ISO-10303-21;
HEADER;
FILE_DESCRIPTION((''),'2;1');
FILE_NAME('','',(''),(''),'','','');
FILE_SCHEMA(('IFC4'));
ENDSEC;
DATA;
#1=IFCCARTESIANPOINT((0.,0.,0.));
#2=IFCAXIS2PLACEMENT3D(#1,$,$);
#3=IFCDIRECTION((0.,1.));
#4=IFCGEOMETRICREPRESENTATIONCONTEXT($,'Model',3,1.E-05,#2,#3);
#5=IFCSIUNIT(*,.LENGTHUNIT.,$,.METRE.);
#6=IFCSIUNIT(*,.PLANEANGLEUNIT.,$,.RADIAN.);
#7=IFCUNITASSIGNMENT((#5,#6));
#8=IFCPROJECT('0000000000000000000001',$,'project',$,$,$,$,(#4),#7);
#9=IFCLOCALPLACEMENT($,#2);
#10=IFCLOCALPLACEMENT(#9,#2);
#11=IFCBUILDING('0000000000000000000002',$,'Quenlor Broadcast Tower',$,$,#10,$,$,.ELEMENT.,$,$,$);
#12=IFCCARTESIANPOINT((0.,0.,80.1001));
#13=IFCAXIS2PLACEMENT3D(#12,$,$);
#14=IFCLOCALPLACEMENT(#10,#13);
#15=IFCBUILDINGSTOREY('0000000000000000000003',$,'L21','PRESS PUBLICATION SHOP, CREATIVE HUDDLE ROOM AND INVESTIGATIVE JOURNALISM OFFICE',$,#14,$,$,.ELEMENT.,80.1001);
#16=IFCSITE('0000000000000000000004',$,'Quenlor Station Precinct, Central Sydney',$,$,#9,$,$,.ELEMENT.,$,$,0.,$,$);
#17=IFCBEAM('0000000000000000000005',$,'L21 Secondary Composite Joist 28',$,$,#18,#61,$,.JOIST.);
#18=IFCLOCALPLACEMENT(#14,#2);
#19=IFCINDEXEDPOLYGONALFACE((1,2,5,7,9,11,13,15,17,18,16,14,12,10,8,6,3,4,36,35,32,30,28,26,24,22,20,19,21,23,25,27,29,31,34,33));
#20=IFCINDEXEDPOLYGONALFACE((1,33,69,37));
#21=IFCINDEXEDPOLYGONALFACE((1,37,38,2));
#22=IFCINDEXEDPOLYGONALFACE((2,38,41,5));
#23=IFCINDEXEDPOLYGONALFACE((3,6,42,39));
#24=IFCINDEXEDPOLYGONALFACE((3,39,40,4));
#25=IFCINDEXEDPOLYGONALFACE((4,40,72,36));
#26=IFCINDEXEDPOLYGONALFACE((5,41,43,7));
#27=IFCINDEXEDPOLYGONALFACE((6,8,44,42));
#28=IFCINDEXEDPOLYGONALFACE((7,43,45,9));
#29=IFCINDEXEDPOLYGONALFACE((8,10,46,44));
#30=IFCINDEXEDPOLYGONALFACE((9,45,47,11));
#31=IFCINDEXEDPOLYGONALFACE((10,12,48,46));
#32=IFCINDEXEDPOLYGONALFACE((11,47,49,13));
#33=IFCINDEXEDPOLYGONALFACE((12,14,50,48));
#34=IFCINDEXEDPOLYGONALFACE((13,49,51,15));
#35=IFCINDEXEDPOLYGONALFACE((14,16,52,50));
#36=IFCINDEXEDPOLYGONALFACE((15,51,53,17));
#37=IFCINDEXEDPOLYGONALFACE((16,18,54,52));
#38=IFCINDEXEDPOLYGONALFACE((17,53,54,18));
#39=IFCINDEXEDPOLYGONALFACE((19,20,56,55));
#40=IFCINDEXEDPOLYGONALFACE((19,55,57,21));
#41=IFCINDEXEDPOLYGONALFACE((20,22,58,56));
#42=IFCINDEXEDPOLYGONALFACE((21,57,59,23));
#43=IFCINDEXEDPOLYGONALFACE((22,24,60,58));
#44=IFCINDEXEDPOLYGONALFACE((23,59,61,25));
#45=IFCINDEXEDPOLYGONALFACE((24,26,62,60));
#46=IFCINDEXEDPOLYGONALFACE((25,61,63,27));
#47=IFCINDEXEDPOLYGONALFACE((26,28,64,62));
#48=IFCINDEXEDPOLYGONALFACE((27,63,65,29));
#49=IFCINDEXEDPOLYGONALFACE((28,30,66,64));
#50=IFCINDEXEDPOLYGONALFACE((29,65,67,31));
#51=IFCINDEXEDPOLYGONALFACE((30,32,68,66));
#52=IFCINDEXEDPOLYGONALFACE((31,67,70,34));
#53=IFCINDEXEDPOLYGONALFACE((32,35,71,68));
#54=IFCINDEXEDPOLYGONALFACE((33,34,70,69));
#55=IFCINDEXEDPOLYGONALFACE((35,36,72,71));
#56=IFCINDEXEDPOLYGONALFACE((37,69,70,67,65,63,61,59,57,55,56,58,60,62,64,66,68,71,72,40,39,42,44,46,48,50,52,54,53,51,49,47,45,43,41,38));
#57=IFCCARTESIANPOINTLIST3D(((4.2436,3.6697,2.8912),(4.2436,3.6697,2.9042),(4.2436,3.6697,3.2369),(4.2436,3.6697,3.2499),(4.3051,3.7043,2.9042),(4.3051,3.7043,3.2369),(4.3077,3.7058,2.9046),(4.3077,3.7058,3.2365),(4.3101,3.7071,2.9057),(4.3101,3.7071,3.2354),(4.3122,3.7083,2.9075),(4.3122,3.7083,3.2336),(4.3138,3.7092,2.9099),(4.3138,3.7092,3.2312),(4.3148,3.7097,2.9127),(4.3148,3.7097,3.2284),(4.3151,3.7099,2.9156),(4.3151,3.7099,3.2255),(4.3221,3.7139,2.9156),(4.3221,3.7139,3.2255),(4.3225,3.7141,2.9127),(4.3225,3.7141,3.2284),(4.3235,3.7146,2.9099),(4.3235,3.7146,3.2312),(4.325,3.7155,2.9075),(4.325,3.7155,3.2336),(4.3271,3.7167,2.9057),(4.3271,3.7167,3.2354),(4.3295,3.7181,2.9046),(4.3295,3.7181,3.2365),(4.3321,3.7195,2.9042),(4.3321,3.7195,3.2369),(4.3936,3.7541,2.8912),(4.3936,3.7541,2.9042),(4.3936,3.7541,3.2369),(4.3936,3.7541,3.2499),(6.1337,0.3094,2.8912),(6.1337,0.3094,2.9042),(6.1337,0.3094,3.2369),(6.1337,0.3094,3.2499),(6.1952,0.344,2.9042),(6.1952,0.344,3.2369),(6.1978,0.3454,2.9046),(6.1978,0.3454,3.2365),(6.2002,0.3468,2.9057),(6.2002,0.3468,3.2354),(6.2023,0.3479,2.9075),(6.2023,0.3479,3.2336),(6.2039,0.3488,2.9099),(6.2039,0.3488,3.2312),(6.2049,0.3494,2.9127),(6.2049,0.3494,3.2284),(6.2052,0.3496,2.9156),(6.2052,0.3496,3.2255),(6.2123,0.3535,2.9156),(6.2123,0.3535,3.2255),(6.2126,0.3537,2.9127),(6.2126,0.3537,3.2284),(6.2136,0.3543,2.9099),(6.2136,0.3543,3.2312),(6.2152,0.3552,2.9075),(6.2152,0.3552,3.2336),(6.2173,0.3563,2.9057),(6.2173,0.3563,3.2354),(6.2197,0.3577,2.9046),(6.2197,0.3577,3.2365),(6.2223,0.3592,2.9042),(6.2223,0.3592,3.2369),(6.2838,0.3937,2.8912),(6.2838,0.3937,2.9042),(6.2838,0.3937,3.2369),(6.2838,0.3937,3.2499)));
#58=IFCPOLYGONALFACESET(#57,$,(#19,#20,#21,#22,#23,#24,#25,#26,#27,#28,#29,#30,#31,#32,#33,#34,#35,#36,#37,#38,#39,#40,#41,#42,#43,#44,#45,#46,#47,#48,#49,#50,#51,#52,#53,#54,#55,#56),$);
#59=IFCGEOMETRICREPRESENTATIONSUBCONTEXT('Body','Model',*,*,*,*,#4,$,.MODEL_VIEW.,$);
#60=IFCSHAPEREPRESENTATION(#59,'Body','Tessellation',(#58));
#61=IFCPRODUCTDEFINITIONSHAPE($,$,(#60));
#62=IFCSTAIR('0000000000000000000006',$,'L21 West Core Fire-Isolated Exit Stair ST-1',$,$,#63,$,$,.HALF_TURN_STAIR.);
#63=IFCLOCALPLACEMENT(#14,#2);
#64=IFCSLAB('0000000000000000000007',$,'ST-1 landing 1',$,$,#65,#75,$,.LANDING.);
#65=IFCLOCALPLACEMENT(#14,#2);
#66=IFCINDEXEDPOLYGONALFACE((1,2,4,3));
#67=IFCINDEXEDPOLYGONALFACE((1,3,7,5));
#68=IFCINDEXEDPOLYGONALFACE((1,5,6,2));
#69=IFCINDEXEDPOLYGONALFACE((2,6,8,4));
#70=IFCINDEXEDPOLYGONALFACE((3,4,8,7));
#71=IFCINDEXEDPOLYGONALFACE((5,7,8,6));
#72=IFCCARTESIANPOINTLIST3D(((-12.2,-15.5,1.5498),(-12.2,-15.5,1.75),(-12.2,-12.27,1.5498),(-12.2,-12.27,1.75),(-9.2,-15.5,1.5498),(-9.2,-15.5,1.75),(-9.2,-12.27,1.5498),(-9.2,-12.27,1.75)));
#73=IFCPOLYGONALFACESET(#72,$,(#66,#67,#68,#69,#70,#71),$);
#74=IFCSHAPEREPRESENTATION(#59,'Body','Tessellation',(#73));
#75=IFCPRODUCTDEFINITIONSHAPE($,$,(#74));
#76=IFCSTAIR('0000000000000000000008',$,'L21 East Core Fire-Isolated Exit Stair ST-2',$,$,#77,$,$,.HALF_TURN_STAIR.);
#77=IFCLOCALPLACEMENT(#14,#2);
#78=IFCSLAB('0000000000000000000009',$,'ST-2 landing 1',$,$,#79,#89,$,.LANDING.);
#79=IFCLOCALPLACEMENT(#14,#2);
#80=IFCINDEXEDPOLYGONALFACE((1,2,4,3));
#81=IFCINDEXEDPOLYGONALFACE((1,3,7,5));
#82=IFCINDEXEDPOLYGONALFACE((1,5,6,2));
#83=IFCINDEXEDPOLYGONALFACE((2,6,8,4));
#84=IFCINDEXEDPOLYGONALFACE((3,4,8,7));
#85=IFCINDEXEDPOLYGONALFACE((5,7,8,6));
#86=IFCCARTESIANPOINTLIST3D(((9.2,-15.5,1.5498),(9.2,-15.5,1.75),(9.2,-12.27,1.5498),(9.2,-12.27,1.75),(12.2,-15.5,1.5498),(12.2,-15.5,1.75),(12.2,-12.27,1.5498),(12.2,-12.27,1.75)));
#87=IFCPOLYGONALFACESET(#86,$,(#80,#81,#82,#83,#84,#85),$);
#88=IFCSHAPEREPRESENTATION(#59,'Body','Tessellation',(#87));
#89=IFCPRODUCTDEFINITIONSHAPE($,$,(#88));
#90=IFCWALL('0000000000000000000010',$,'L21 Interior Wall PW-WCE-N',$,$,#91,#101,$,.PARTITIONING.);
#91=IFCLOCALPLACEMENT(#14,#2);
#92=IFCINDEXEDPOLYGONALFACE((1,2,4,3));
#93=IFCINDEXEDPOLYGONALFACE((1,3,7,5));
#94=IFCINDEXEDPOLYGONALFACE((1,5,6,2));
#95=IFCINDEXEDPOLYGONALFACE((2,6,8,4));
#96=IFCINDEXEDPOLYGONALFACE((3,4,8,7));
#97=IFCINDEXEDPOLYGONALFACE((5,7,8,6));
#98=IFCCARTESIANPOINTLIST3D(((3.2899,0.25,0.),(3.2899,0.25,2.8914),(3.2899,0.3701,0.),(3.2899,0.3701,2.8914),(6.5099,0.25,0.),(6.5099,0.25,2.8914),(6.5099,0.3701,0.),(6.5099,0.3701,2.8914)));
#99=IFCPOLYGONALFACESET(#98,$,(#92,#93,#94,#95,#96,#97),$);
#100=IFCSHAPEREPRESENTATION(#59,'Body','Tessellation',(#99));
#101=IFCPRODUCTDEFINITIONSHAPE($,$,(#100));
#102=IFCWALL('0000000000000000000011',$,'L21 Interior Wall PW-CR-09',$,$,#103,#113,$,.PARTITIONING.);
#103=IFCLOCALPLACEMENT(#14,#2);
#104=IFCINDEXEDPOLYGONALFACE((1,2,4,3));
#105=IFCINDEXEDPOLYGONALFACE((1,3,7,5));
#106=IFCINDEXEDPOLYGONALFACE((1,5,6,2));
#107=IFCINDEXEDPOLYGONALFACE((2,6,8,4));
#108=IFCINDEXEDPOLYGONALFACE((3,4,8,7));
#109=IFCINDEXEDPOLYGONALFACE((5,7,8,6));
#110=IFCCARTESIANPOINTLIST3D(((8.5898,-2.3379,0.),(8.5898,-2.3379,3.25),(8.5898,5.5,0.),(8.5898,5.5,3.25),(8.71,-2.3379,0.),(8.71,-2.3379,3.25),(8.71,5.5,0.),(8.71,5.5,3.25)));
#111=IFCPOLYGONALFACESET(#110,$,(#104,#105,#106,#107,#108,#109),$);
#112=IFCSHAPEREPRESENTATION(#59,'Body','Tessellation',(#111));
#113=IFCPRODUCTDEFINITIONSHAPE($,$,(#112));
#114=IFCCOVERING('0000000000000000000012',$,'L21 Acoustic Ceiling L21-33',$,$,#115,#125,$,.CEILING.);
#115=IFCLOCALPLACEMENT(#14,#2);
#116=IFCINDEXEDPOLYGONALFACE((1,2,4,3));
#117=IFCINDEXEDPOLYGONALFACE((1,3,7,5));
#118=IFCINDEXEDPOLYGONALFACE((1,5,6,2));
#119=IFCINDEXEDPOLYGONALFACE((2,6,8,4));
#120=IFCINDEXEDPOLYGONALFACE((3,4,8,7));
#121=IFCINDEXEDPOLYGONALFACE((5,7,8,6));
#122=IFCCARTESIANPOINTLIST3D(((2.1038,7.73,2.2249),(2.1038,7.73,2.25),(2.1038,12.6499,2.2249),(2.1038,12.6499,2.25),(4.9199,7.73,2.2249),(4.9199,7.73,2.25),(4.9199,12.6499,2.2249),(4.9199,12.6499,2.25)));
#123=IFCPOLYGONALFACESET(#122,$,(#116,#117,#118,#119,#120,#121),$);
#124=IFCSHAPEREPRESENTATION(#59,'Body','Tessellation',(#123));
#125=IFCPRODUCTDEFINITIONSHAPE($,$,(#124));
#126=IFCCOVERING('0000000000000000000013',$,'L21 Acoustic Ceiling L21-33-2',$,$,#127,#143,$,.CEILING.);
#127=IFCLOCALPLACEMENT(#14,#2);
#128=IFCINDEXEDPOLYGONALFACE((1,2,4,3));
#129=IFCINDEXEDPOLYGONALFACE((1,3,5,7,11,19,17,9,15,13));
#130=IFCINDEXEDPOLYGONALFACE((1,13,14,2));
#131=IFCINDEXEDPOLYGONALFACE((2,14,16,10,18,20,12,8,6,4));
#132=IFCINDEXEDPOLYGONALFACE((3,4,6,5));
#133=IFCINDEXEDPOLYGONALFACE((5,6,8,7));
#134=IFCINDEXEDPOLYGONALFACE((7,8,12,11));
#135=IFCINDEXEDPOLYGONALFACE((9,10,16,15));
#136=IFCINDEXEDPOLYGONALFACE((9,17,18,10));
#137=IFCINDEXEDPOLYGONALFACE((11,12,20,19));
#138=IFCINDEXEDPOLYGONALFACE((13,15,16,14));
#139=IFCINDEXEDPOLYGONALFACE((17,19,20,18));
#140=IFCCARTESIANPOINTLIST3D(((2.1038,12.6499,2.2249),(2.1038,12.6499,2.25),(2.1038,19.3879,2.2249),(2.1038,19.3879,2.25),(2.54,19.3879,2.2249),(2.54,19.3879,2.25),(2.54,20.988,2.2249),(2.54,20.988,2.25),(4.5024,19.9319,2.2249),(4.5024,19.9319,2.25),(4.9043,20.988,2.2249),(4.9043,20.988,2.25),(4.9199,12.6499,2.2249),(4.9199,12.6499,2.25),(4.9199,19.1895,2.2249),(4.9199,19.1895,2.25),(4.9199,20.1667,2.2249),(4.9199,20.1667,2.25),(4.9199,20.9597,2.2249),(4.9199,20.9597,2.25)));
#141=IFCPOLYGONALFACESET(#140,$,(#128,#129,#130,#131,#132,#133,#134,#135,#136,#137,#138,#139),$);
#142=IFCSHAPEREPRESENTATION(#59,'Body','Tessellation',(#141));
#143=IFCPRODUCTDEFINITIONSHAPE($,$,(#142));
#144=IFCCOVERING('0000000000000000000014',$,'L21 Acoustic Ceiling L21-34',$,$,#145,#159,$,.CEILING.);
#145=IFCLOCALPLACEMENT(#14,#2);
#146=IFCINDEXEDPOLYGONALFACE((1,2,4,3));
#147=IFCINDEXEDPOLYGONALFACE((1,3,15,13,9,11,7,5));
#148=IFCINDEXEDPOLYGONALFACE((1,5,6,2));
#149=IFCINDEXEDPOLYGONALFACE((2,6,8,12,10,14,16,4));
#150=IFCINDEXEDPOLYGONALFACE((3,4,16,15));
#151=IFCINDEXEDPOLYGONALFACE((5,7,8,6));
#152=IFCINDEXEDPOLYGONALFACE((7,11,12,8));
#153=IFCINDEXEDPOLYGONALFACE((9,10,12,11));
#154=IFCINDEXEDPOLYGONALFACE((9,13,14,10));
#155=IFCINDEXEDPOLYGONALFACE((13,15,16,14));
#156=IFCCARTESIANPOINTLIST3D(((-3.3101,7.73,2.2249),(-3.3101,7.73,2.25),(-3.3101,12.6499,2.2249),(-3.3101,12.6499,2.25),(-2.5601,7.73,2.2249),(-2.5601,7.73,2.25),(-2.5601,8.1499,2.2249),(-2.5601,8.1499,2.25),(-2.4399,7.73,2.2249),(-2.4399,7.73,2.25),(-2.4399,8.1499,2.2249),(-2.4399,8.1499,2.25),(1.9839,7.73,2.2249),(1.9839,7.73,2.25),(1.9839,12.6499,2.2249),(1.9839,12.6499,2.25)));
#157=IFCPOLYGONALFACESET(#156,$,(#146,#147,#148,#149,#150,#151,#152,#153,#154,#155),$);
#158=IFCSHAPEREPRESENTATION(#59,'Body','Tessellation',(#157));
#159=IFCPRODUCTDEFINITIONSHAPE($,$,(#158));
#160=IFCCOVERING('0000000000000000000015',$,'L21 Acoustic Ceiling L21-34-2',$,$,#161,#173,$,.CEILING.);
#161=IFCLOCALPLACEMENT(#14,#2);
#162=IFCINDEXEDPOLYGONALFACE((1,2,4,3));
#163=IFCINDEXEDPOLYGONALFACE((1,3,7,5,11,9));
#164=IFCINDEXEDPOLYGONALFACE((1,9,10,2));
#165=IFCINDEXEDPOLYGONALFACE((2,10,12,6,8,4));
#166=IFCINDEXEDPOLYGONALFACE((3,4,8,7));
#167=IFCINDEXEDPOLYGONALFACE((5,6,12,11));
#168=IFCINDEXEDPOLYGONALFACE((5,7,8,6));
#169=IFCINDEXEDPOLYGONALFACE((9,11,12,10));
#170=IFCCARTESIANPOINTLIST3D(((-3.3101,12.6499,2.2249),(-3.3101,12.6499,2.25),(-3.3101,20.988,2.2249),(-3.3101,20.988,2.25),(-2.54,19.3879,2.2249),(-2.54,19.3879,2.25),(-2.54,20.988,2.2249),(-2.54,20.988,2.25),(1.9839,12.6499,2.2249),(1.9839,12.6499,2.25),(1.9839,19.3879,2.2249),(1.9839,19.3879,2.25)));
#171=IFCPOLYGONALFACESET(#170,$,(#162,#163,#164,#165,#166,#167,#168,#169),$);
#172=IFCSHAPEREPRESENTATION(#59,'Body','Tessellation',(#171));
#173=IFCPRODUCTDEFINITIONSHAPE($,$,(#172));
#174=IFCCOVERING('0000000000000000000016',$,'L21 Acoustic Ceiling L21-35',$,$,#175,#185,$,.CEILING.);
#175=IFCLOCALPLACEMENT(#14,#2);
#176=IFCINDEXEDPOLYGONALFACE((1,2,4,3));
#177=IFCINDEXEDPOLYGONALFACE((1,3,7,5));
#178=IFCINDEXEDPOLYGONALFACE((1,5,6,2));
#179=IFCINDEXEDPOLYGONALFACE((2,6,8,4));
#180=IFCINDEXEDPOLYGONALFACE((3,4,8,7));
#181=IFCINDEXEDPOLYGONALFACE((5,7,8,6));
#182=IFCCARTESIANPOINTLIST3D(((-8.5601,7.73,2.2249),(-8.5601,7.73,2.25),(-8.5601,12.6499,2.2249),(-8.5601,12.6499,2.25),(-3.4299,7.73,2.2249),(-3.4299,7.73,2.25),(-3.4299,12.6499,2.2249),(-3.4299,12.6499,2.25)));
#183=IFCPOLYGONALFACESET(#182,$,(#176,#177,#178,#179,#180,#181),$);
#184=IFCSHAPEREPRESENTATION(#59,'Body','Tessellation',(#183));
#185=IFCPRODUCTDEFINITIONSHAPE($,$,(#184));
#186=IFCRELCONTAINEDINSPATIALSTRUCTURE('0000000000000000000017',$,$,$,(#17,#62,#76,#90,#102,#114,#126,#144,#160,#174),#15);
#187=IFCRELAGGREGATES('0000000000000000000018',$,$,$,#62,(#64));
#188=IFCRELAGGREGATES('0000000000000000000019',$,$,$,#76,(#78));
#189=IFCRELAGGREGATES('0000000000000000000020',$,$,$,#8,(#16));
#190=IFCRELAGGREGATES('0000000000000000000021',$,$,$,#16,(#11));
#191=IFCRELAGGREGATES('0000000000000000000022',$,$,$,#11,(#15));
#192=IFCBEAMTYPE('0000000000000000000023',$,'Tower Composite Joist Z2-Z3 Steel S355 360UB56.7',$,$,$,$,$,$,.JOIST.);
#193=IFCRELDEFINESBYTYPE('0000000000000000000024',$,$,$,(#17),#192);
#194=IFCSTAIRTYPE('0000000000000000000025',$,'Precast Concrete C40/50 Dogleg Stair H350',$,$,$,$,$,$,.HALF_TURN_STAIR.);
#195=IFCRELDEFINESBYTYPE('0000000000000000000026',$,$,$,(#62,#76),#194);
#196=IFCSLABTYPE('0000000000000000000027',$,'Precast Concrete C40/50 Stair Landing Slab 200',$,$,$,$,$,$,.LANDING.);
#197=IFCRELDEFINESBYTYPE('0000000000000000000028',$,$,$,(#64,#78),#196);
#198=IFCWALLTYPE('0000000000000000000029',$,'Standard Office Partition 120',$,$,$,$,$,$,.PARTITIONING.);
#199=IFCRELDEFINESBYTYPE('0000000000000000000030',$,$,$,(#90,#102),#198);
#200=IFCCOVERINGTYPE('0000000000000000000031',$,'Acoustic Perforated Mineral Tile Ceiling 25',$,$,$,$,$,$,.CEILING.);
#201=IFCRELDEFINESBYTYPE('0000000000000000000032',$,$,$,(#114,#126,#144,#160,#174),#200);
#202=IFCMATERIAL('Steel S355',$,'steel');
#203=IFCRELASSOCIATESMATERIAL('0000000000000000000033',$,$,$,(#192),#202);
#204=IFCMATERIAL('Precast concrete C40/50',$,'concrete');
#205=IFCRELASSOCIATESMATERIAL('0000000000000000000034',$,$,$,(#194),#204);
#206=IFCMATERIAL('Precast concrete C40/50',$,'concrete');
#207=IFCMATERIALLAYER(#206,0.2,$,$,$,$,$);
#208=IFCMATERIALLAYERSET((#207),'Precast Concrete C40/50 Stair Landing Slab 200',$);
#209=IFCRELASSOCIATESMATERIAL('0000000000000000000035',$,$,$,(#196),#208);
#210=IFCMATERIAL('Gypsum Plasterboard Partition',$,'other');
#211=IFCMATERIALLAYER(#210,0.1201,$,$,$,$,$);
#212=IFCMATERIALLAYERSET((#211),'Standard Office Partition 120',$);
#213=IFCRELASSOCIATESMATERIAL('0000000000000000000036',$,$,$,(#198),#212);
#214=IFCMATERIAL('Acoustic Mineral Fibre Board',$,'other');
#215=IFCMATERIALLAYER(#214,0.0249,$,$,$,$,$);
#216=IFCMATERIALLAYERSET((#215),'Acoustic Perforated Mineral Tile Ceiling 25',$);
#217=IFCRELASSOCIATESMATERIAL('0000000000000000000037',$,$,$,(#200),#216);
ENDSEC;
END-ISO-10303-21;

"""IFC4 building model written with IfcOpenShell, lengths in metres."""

from ifc_helpers import new_model, si_unit, direction, frame, frame_2d, origin, origin_2d, place, context, subcontext, project, spatial, polyline, rectangle, i_section, outline, extrude, material, layer, layer_set, material_profile, profile_set, type_object, element, aggregate, save


model = new_model("IFC4")

# Units and contexts
model_context = context("Model", 3, precision=1e-05, world=origin(), true_north=direction((0.0, 1.0)))
body_context = subcontext(model_context, "Body", "Model", "MODEL_VIEW")
ifc_project = project(units=[si_unit("LENGTHUNIT", "METRE"), si_unit("PLANEANGLEUNIT", "RADIAN")], contexts=[model_context])

# Site, building, storey
site_placement = place(None, origin())
site = spatial("IfcSite", under=ifc_project, at=site_placement, Name="Quenlor Station Precinct, Central Sydney", CompositionType="ELEMENT", RefElevation=0.0)
building_placement = place(site_placement, origin())
building = spatial("IfcBuilding", under=site, at=building_placement, Name="Quenlor Broadcast Tower", CompositionType="ELEMENT")
storey_placement = place(building_placement, frame((0.0, 0.0, 80.1001)))
storey = spatial("IfcBuildingStorey", under=building, at=storey_placement, Name="L21", Description="PRESS PUBLICATION SHOP, CREATIVE HUDDLE ROOM AND INVESTIGATIVE JOURNALISM OFFICE", CompositionType="ELEMENT", Elevation=80.1001)

# Beam
ifc_material_1 = material(Name="Steel S355", Category="steel")
ifc_material_profile = material_profile(ifc_material_1, i_section(OverallWidth=0.1721, OverallDepth=0.3586, WebThickness=0.0081, FlangeThickness=0.0129, FilletRadius=0.0115, at=origin_2d()))
ifc_profile_set = profile_set([ifc_material_profile], Name="Steel S355 360UB56.7")
beam_type = type_object("IfcBeamType", Name="Tower Composite Joist Z2-Z3 Steel S355 360UB56.7", PredefinedType="JOIST", material=ifc_profile_set)
beam_placement = place(storey_placement, frame((4.3186, 3.7119, 3.0706), z_axis=(0.490249, -0.871582, 0.0), x_axis=(0.871582, 0.490249, 0.0)))
element("IfcBeam", 1, at=beam_placement, inside=storey, type_object=beam_type, Name="L21 Secondary Composite Joist 28", PredefinedType="JOIST", context=body_context, shape_type="SweptSolid", body=[
    extrude(i_section(OverallWidth=0.1721, OverallDepth=0.3586, WebThickness=0.0081, FlangeThickness=0.0129, FilletRadius=0.0115, at=origin_2d()), origin(), (0.0, 0.0, 1.0), 3.8555),
])

# Stairs, slabs
ifc_material_2 = material(Name="Precast concrete C40/50", Category="concrete")
stair_type = type_object("IfcStairType", Name="Precast Concrete C40/50 Dogleg Stair H350", PredefinedType="HALF_TURN_STAIR", material=ifc_material_2)
stair_1_placement = place(storey_placement, origin())
stair_1 = element("IfcStair", 2, at=stair_1_placement, inside=storey, type_object=stair_type, Name="L21 West Core Fire-Isolated Exit Stair ST-1", PredefinedType="HALF_TURN_STAIR")
ifc_material_3 = material(Name="Precast concrete C40/50", Category="concrete")
ifc_layer_1 = layer(ifc_material_3, 0.2)
ifc_layer_set_1 = layer_set([ifc_layer_1], Name="Precast Concrete C40/50 Stair Landing Slab 200")
slab_type = type_object("IfcSlabType", Name="Precast Concrete C40/50 Stair Landing Slab 200", PredefinedType="LANDING", material=ifc_layer_set_1)
slab_1_placement = place(storey_placement, frame((0.0, 0.0, 1.5498)))
slab_1 = element("IfcSlab", 3, at=slab_1_placement, type_object=slab_type, Name="ST-1 landing 1", PredefinedType="LANDING", context=body_context, shape_type="SweptSolid", body=[
    extrude(outline(polyline([(-12.2, -12.27), (-12.2, -15.5), (-9.2, -15.5), (-9.2, -12.27), (-12.2, -12.27)])), origin(), (0.0, 0.0, 1.0), 0.2002),
])
aggregate(stair_1, [slab_1])
stair_2_placement = place(storey_placement, origin())
stair_2 = element("IfcStair", 4, at=stair_2_placement, inside=storey, type_object=stair_type, Name="L21 East Core Fire-Isolated Exit Stair ST-2", PredefinedType="HALF_TURN_STAIR")
slab_2_placement = place(storey_placement, frame((0.0, 0.0, 1.5498)))
slab_2 = element("IfcSlab", 5, at=slab_2_placement, type_object=slab_type, Name="ST-2 landing 1", PredefinedType="LANDING", context=body_context, shape_type="SweptSolid", body=[
    extrude(outline(polyline([(9.2, -12.27), (9.2, -15.5), (12.2, -15.5), (12.2, -12.27), (9.2, -12.27)])), origin(), (0.0, 0.0, 1.0), 0.2002),
])
aggregate(stair_2, [slab_2])

# Walls
ifc_material_4 = material(Name="Gypsum Plasterboard Partition", Category="other")
ifc_layer_2 = layer(ifc_material_4, 0.1201)
ifc_layer_set_2 = layer_set([ifc_layer_2], Name="Standard Office Partition 120")
wall_type = type_object("IfcWallType", Name="Standard Office Partition 120", PredefinedType="PARTITIONING", material=ifc_layer_set_2)
wall_1_placement = place(storey_placement, frame((3.29, 0.3101, 0.0), z_axis=(0.0, 0.0, 1.0), x_axis=(1.0, 0.0, 0.0)))
element("IfcWall", 6, at=wall_1_placement, inside=storey, type_object=wall_type, Name="L21 Interior Wall PW-WCE-N", PredefinedType="PARTITIONING", context=body_context, shape_type="SweptSolid", body=[
    extrude(rectangle(XDim=3.22, YDim=0.1201, at=frame_2d((1.6099, 0.0))), origin(), (0.0, 0.0, 1.0), 2.8914),
])
wall_2_placement = place(storey_placement, frame((8.6499, -2.3379, 0.0), z_axis=(0.0, 0.0, 1.0), x_axis=(0.0, 1.0, 0.0)))
element("IfcWall", 7, at=wall_2_placement, inside=storey, type_object=wall_type, Name="L21 Interior Wall PW-CR-09", PredefinedType="PARTITIONING", context=body_context, shape_type="SweptSolid", body=[
    extrude(rectangle(XDim=7.8379, YDim=0.1201, at=frame_2d((3.9189, 0.0))), origin(), (0.0, 0.0, 1.0), 3.25),
])

# Coverings
ifc_material_5 = material(Name="Acoustic Mineral Fibre Board", Category="other")
ifc_layer_3 = layer(ifc_material_5, 0.0249)
ifc_layer_set_3 = layer_set([ifc_layer_3], Name="Acoustic Perforated Mineral Tile Ceiling 25")
covering_type_1 = type_object("IfcCoveringType", Name="Acoustic Perforated Mineral Tile Ceiling 25", PredefinedType="CEILING", material=ifc_layer_set_3)
covering_1_placement = place(storey_placement, frame((0.0, 0.0, 2.2249)))
element("IfcCovering", 8, at=covering_1_placement, inside=storey, type_object=covering_type_1, Name="L21 Acoustic Ceiling L21-33", PredefinedType="CEILING", context=body_context, shape_type="SweptSolid", body=[
    extrude(outline(polyline([(4.9199, 7.73), (2.1038, 7.73), (2.1038, 12.6499), (4.9199, 12.6499), (4.9199, 7.73)])), origin(), (0.0, 0.0, 1.0), 0.0251),
])
covering_2_placement = place(storey_placement, frame((0.0, 0.0, 2.2249)))
element("IfcCovering", 9, at=covering_2_placement, inside=storey, type_object=covering_type_1, Name="L21 Acoustic Ceiling L21-33-2", PredefinedType="CEILING", context=body_context, shape_type="SweptSolid", body=[
    extrude(outline(polyline([(4.9199, 20.1667), (4.5024, 19.9319), (4.9199, 19.1895), (4.9199, 12.6499), (2.1038, 12.6499), (2.1038, 19.3879), (2.54, 19.3879), (2.54, 20.988), (4.9043, 20.988), (4.9199, 20.9597), (4.9199, 20.1667)])), origin(), (0.0, 0.0, 1.0), 0.0251),
])
covering_3_placement = place(storey_placement, frame((0.0, 0.0, 2.2249)))
element("IfcCovering", 10, at=covering_3_placement, inside=storey, type_object=covering_type_1, Name="L21 Acoustic Ceiling L21-34", PredefinedType="CEILING", context=body_context, shape_type="SweptSolid", body=[
    extrude(outline(polyline([(-2.5601, 7.73), (-3.3101, 7.73), (-3.3101, 12.6499), (1.9839, 12.6499), (1.9839, 7.73), (-2.4399, 7.73), (-2.4399, 8.1499), (-2.5601, 8.1499), (-2.5601, 7.73)])), origin(), (0.0, 0.0, 1.0), 0.0251),
])
covering_4_placement = place(storey_placement, frame((0.0, 0.0, 2.2249)))
element("IfcCovering", 11, at=covering_4_placement, inside=storey, type_object=covering_type_1, Name="L21 Acoustic Ceiling L21-34-2", PredefinedType="CEILING", context=body_context, shape_type="SweptSolid", body=[
    extrude(outline(polyline([(-3.3101, 20.988), (-2.54, 20.988), (-2.54, 19.3879), (1.9839, 19.3879), (1.9839, 12.6499), (-3.3101, 12.6499), (-3.3101, 20.988)])), origin(), (0.0, 0.0, 1.0), 0.0251),
])
covering_5_placement = place(storey_placement, frame((0.0, 0.0, 2.2249)))
element("IfcCovering", 12, at=covering_5_placement, inside=storey, type_object=covering_type_1, Name="L21 Acoustic Ceiling L21-35", PredefinedType="CEILING", context=body_context, shape_type="SweptSolid", body=[
    extrude(outline(polyline([(-3.4299, 7.73), (-8.5601, 7.73), (-8.5601, 12.6499), (-3.4299, 12.6499), (-3.4299, 7.73)])), origin(), (0.0, 0.0, 1.0), 0.0251),
])

save(model, "model.ifc")
